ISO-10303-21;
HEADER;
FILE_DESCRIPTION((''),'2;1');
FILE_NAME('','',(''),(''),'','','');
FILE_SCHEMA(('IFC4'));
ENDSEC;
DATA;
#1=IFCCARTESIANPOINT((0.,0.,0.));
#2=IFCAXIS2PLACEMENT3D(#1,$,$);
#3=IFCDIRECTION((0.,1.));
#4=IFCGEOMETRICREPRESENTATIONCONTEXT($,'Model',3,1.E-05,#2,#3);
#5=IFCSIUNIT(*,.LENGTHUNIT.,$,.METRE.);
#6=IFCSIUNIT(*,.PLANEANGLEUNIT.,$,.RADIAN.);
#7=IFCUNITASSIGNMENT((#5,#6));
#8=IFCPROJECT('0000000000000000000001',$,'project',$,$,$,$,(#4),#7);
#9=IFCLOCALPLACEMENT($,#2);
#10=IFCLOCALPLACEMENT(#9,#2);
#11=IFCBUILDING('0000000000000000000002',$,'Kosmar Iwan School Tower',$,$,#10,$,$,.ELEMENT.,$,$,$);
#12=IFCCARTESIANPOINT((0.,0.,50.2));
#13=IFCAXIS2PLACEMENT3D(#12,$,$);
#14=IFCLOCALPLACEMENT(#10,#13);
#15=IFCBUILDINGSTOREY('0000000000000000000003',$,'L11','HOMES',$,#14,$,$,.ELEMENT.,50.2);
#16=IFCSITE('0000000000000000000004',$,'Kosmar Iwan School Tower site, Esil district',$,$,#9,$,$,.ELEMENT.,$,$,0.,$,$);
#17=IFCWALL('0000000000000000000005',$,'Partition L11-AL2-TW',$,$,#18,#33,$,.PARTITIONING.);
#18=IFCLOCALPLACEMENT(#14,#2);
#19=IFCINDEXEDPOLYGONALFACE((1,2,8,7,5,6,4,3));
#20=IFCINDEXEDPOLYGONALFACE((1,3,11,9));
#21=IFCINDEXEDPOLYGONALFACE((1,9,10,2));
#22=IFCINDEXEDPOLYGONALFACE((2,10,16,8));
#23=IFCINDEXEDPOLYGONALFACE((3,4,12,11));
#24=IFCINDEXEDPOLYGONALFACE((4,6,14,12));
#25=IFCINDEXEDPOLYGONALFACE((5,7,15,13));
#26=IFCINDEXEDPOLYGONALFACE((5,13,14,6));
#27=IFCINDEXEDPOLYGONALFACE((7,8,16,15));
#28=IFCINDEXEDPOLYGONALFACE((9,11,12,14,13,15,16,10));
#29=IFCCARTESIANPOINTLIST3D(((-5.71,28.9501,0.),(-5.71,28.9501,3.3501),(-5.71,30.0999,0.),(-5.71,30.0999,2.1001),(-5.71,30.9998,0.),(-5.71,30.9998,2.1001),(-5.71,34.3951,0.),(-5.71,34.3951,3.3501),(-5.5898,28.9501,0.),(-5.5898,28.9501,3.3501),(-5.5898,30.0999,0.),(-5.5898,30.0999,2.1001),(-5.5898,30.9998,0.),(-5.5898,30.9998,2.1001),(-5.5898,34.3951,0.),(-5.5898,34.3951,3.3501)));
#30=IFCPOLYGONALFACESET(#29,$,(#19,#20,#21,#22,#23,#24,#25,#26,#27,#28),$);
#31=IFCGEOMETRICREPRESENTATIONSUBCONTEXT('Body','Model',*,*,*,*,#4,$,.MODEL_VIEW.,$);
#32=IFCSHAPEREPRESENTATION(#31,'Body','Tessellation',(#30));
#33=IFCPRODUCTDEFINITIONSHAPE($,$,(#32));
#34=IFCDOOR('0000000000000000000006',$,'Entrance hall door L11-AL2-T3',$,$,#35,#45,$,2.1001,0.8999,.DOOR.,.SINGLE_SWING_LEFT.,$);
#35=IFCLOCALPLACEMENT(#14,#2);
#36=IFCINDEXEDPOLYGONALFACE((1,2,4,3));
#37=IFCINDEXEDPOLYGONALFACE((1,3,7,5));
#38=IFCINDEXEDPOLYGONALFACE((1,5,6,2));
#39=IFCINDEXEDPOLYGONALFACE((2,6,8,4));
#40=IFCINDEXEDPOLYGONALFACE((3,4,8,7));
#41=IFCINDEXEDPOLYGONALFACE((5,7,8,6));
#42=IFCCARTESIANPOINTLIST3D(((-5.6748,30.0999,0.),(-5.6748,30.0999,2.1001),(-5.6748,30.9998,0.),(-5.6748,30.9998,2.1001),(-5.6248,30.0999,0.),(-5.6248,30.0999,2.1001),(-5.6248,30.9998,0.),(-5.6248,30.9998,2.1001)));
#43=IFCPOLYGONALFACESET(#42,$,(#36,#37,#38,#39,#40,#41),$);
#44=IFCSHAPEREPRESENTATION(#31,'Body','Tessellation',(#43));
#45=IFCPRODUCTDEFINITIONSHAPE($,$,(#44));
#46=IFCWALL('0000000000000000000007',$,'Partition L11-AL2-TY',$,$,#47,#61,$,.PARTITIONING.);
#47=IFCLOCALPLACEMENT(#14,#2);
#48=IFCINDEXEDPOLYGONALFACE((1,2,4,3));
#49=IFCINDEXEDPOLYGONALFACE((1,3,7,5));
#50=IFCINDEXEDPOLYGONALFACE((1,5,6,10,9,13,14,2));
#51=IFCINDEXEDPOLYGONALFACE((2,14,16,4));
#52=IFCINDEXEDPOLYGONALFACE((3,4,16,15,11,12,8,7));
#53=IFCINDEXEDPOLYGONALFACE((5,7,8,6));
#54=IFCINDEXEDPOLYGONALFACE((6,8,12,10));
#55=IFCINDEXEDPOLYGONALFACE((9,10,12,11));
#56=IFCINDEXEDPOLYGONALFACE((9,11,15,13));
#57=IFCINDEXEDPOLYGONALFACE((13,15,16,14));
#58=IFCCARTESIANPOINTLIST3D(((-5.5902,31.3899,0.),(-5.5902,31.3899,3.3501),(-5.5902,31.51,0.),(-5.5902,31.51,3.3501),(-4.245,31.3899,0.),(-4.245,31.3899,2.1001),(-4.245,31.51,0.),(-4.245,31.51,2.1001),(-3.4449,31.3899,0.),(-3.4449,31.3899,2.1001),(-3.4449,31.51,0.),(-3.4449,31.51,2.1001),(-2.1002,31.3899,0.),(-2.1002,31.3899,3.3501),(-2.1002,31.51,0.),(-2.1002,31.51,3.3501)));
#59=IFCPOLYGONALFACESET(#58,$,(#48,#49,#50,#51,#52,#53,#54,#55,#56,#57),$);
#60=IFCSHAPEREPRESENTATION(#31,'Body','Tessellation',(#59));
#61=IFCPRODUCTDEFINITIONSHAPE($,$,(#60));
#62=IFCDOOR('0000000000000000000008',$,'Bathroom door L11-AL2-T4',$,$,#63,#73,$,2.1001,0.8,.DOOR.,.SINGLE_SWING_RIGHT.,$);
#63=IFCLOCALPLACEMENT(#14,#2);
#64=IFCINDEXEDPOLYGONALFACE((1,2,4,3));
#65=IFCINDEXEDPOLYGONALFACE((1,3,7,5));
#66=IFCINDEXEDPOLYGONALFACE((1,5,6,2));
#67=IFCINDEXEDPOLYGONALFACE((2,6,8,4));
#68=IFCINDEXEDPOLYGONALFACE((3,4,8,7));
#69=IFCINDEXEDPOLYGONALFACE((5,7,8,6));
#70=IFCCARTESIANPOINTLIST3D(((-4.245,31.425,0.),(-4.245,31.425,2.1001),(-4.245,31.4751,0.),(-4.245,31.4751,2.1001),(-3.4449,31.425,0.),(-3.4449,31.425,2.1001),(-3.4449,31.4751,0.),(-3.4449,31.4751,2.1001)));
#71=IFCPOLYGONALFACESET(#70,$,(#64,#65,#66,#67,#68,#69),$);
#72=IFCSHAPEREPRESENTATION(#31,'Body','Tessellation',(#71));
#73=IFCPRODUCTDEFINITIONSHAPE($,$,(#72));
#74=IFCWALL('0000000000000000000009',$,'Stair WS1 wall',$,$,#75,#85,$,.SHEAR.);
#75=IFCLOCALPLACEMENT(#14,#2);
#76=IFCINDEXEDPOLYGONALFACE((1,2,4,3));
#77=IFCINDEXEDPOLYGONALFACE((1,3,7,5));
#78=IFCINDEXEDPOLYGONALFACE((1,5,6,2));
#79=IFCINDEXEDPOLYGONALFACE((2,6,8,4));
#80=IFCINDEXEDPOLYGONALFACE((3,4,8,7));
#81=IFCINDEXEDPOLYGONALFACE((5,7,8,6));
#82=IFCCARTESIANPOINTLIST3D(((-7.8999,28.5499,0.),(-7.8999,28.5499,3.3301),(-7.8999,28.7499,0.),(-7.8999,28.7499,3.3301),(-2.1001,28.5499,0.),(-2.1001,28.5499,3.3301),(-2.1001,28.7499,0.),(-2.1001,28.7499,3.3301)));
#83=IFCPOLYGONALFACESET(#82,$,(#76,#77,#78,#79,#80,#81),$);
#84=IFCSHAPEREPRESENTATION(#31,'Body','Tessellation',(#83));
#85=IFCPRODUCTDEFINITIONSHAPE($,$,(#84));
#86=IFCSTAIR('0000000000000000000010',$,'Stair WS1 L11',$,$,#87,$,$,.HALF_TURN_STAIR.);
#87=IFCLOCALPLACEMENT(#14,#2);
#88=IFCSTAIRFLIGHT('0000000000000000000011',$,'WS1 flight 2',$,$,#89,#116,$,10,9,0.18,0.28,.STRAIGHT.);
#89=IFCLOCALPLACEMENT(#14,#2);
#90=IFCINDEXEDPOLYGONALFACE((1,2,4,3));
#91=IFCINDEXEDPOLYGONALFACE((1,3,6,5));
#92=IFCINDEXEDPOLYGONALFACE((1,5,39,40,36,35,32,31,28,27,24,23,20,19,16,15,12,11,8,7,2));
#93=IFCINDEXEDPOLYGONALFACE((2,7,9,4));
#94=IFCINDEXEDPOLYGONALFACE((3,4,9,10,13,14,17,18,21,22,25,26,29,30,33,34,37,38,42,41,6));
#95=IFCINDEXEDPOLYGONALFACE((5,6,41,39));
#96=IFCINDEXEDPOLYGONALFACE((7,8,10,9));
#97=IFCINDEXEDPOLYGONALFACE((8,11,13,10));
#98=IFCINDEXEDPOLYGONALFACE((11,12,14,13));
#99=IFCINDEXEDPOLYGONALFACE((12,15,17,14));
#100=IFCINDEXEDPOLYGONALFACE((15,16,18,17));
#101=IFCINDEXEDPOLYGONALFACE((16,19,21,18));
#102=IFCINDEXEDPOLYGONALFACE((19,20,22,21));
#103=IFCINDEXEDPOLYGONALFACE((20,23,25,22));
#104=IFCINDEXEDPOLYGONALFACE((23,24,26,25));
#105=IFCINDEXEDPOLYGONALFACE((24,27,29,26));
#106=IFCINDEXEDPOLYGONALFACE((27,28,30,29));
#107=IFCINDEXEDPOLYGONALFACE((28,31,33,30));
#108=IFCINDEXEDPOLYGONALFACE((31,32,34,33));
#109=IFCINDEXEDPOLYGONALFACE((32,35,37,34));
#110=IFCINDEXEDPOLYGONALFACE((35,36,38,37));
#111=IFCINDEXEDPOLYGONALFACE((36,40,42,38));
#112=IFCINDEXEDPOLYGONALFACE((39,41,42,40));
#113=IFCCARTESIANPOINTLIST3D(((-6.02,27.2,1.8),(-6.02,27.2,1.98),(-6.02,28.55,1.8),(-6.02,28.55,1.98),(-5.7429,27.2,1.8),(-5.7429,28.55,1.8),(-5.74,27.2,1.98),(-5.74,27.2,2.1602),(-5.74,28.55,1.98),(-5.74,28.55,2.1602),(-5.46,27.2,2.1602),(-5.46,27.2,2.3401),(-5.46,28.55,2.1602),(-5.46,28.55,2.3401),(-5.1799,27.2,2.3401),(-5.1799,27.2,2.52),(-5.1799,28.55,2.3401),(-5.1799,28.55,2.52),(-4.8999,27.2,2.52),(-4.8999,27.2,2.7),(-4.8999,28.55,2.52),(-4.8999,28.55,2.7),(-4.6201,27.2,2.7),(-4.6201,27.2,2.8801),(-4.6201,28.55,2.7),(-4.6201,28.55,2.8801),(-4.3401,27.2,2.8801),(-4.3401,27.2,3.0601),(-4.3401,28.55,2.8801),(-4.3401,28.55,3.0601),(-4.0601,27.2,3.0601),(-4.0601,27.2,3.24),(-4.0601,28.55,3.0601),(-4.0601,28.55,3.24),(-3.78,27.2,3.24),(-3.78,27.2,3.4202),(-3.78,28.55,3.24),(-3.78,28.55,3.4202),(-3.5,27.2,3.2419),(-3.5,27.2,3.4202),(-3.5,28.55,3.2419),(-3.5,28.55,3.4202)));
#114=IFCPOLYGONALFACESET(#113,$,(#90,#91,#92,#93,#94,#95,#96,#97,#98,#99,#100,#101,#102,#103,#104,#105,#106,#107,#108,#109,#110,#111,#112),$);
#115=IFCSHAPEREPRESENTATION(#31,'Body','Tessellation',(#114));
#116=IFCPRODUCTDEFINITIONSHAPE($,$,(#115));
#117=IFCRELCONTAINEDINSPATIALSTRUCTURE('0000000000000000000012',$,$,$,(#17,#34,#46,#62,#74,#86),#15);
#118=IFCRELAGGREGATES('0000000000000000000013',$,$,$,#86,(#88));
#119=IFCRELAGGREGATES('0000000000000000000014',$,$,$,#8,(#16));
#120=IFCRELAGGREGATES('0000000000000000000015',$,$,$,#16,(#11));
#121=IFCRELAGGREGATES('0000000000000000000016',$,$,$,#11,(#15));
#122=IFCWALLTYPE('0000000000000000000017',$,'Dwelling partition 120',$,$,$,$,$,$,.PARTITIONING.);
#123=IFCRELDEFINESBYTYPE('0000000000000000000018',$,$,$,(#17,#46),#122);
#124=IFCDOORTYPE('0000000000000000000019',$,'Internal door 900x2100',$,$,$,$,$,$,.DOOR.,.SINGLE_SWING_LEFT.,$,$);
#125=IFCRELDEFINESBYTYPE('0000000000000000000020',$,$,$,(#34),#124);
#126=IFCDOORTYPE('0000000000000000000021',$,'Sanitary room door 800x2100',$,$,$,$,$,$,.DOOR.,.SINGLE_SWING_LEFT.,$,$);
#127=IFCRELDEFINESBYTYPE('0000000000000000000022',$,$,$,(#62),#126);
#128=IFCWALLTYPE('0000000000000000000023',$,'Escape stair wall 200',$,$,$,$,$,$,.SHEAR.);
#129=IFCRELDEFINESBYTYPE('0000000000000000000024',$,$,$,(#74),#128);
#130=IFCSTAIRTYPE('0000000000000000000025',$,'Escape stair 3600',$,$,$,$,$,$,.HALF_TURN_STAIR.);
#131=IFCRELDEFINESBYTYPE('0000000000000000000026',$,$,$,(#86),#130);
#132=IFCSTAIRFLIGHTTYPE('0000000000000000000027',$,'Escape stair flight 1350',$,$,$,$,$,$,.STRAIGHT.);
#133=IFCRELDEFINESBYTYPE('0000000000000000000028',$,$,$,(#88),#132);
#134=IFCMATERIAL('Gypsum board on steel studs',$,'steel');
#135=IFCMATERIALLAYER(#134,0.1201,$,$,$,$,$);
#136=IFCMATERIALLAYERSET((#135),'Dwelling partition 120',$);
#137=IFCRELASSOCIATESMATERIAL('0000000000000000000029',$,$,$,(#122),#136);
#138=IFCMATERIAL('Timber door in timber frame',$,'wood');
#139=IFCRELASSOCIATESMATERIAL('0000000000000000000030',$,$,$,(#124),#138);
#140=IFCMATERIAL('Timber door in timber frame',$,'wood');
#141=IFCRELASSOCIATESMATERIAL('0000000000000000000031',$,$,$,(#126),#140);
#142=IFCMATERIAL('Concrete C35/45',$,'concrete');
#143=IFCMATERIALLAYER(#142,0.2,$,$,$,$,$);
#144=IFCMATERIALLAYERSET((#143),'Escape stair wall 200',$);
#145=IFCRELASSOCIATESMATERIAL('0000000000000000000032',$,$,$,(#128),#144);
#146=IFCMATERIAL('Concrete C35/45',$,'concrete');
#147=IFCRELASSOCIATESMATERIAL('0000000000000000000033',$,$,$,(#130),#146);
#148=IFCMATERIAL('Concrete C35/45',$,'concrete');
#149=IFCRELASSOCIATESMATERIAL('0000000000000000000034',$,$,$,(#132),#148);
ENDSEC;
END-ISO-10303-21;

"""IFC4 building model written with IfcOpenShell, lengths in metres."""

from ifc_helpers import new_model, si_unit, direction, frame, frame_2d, origin, place, context, subcontext, project, spatial, polyline, rectangle, outline, extrude, material, layer, layer_set, type_object, element, fill, aggregate, save


model = new_model("IFC4")

# Units and contexts
model_context = context("Model", 3, precision=1e-05, world=origin(), true_north=direction((0.0, 1.0)))
body_context = subcontext(model_context, "Body", "Model", "MODEL_VIEW")
ifc_project = project(units=[si_unit("LENGTHUNIT", "METRE"), si_unit("PLANEANGLEUNIT", "RADIAN")], contexts=[model_context])

# Site, building, storey
site_placement = place(None, origin())
site = spatial("IfcSite", under=ifc_project, at=site_placement, Name="Kosmar Iwan School Tower site, Esil district", CompositionType="ELEMENT", RefElevation=0.0)
building_placement = place(site_placement, origin())
building = spatial("IfcBuilding", under=site, at=building_placement, Name="Kosmar Iwan School Tower", CompositionType="ELEMENT")
storey_placement = place(building_placement, frame((0.0, 0.0, 50.2)))
storey = spatial("IfcBuildingStorey", under=building, at=storey_placement, Name="L11", Description="HOMES", CompositionType="ELEMENT", Elevation=50.2)

# Walls, openings, doors
ifc_material_1 = material(Name="Gypsum board on steel studs", Category="steel")
ifc_layer_1 = layer(ifc_material_1, 0.1201)
ifc_layer_set_1 = layer_set([ifc_layer_1], Name="Dwelling partition 120")
wall_type_1 = type_object("IfcWallType", Name="Dwelling partition 120", PredefinedType="PARTITIONING", material=ifc_layer_set_1)
ifc_material_2 = material(Name="Timber door in timber frame", Category="wood")
door_type_1 = type_object("IfcDoorType", Name="Internal door 900x2100", OperationType="SINGLE_SWING_LEFT", PredefinedType="DOOR", material=ifc_material_2)
wall_1_placement = place(storey_placement, frame((-5.6499, 28.95, 0.0), z_axis=(0.0, 0.0, 1.0), x_axis=(0.0, 1.0, 0.0)))
wall_1 = element("IfcWall", 1, at=wall_1_placement, inside=storey, type_object=wall_type_1, Name="Partition L11-AL2-TW", PredefinedType="PARTITIONING", context=body_context, shape_type="SweptSolid", body=[
    extrude(rectangle(XDim=5.4451, YDim=0.1201, at=frame_2d((2.7227, 0.0))), origin(), (0.0, 0.0, 1.0), 3.3501),
])
opening_1_placement = place(wall_1_placement, frame((1.1499, 0.0, 0.0)))
opening_1 = element("IfcOpeningElement", 2, at=opening_1_placement, cuts=wall_1, PredefinedType="OPENING", context=body_context, shape_type="SweptSolid", body=[
    extrude(rectangle(XDim=0.8999, YDim=2.1001, at=frame_2d((0.45, 1.05))), frame((0.0, 0.072, 0.0), z_axis=(0.0, -1.0, 0.0), x_axis=(1.0, 0.0, 0.0)), (0.0, 0.0, 1.0), 0.144),
])
door_1_placement = place(opening_1_placement, origin())
door_1 = element("IfcDoor", 3, at=door_1_placement, inside=storey, type_object=door_type_1, Name="Entrance hall door L11-AL2-T3", OperationType="SINGLE_SWING_LEFT", OverallHeight=2.1001, OverallWidth=0.8999, PredefinedType="DOOR", context=body_context, shape_type="SweptSolid", body=[
    extrude(rectangle(XDim=0.8999, YDim=2.1001, at=frame_2d((0.45, 1.05))), frame((0.0, 0.0249, 0.0), z_axis=(0.0, -1.0, 0.0), x_axis=(1.0, 0.0, 0.0)), (0.0, 0.0, 1.0), 0.05),
])
fill(opening_1, door_1)
wall_2_placement = place(storey_placement, frame((-2.1001, 31.45, 0.0), z_axis=(0.0, 0.0, 1.0), x_axis=(-1.0, 0.0, 0.0)))
wall_2 = element("IfcWall", 4, at=wall_2_placement, inside=storey, type_object=wall_type_1, Name="Partition L11-AL2-TY", PredefinedType="PARTITIONING", context=body_context, shape_type="SweptSolid", body=[
    extrude(rectangle(XDim=3.49, YDim=0.1201, at=frame_2d((1.7451, 0.0))), origin(), (0.0, 0.0, 1.0), 3.3501),
])
opening_2_placement = place(wall_2_placement, frame((1.345, 0.0, 0.0)))
opening_2 = element("IfcOpeningElement", 5, at=opening_2_placement, cuts=wall_2, PredefinedType="OPENING", context=body_context, shape_type="SweptSolid", body=[
    extrude(rectangle(XDim=0.8, YDim=2.1001, at=frame_2d((0.3999, 1.05))), frame((0.0, 0.072, 0.0), z_axis=(0.0, -1.0, 0.0), x_axis=(1.0, 0.0, 0.0)), (0.0, 0.0, 1.0), 0.144),
])
ifc_material_3 = material(Name="Timber door in timber frame", Category="wood")
door_type_2 = type_object("IfcDoorType", Name="Sanitary room door 800x2100", OperationType="SINGLE_SWING_LEFT", PredefinedType="DOOR", material=ifc_material_3)
door_2_placement = place(opening_2_placement, origin())
door_2 = element("IfcDoor", 6, at=door_2_placement, inside=storey, type_object=door_type_2, Name="Bathroom door L11-AL2-T4", OperationType="SINGLE_SWING_RIGHT", OverallHeight=2.1001, OverallWidth=0.8, PredefinedType="DOOR", context=body_context, shape_type="SweptSolid", body=[
    extrude(rectangle(XDim=0.8, YDim=2.1001, at=frame_2d((0.3999, 1.05))), frame((0.0, 0.0249, 0.0), z_axis=(0.0, -1.0, 0.0), x_axis=(1.0, 0.0, 0.0)), (0.0, 0.0, 1.0), 0.05),
])
fill(opening_2, door_2)

# Wall
ifc_material_4 = material(Name="Concrete C35/45", Category="concrete")
ifc_layer_2 = layer(ifc_material_4, 0.2)
ifc_layer_set_2 = layer_set([ifc_layer_2], Name="Escape stair wall 200")
wall_type_2 = type_object("IfcWallType", Name="Escape stair wall 200", PredefinedType="SHEAR", material=ifc_layer_set_2)
wall_3_placement = place(storey_placement, frame((-2.1001, 28.6499, 0.0), z_axis=(0.0, 0.0, 1.0), x_axis=(-1.0, 0.0, 0.0)))
element("IfcWall", 7, at=wall_3_placement, inside=storey, type_object=wall_type_2, Name="Stair WS1 wall", PredefinedType="SHEAR", context=body_context, shape_type="SweptSolid", body=[
    extrude(rectangle(XDim=5.7998, YDim=0.2, at=frame_2d((2.8999, 0.0))), origin(), (0.0, 0.0, 1.0), 3.3301),
])

# Stair, stair flight
ifc_material_5 = material(Name="Concrete C35/45", Category="concrete")
stair_type = type_object("IfcStairType", Name="Escape stair 3600", PredefinedType="HALF_TURN_STAIR", material=ifc_material_5)
stair_placement = place(storey_placement, origin())
stair = element("IfcStair", 8, at=stair_placement, inside=storey, type_object=stair_type, Name="Stair WS1 L11", PredefinedType="HALF_TURN_STAIR")
ifc_material_6 = material(Name="Concrete C35/45", Category="concrete")
stair_flight_type = type_object("IfcStairFlightType", Name="Escape stair flight 1350", PredefinedType="STRAIGHT", material=ifc_material_6)
stair_flight_placement = place(storey_placement, frame((-6.02, 27.875, 1.8), z_axis=(0.0, 0.0, 1.0), x_axis=(1.0, 0.0, 0.0)))
stair_flight = element("IfcStairFlight", 9, at=stair_flight_placement, type_object=stair_flight_type, Name="WS1 flight 2", NumberOfRisers=10, NumberOfTreads=9, PredefinedType="STRAIGHT", RiserHeight=0.18, TreadLength=0.28, context=body_context, shape_type="SweptSolid", body=[
    extrude(outline(polyline([(0.0, 0.0), (0.0, 0.1799), (0.28, 0.1799), (0.28, 0.3601), (0.5601, 0.3601), (0.5601, 0.54), (0.8401, 0.54), (0.8401, 0.72), (1.1201, 0.72), (1.1201, 0.8999), (1.3999, 0.8999), (1.3999, 1.0801), (1.6799, 1.0801), (1.6799, 1.26), (1.96, 1.26), (1.96, 1.4399), (2.24, 1.4399), (2.24, 1.6201), (2.52, 1.6201), (2.52, 1.8), (2.52, 1.4419), (0.2771, 0.0), (0.0, 0.0)])), frame((0.0, 0.675, 0.0), z_axis=(0.0, -1.0, 0.0), x_axis=(1.0, 0.0, 0.0)), (0.0, 0.0, 1.0), 1.3501),
])
aggregate(stair, [stair_flight])

save(model, "model.ifc")
